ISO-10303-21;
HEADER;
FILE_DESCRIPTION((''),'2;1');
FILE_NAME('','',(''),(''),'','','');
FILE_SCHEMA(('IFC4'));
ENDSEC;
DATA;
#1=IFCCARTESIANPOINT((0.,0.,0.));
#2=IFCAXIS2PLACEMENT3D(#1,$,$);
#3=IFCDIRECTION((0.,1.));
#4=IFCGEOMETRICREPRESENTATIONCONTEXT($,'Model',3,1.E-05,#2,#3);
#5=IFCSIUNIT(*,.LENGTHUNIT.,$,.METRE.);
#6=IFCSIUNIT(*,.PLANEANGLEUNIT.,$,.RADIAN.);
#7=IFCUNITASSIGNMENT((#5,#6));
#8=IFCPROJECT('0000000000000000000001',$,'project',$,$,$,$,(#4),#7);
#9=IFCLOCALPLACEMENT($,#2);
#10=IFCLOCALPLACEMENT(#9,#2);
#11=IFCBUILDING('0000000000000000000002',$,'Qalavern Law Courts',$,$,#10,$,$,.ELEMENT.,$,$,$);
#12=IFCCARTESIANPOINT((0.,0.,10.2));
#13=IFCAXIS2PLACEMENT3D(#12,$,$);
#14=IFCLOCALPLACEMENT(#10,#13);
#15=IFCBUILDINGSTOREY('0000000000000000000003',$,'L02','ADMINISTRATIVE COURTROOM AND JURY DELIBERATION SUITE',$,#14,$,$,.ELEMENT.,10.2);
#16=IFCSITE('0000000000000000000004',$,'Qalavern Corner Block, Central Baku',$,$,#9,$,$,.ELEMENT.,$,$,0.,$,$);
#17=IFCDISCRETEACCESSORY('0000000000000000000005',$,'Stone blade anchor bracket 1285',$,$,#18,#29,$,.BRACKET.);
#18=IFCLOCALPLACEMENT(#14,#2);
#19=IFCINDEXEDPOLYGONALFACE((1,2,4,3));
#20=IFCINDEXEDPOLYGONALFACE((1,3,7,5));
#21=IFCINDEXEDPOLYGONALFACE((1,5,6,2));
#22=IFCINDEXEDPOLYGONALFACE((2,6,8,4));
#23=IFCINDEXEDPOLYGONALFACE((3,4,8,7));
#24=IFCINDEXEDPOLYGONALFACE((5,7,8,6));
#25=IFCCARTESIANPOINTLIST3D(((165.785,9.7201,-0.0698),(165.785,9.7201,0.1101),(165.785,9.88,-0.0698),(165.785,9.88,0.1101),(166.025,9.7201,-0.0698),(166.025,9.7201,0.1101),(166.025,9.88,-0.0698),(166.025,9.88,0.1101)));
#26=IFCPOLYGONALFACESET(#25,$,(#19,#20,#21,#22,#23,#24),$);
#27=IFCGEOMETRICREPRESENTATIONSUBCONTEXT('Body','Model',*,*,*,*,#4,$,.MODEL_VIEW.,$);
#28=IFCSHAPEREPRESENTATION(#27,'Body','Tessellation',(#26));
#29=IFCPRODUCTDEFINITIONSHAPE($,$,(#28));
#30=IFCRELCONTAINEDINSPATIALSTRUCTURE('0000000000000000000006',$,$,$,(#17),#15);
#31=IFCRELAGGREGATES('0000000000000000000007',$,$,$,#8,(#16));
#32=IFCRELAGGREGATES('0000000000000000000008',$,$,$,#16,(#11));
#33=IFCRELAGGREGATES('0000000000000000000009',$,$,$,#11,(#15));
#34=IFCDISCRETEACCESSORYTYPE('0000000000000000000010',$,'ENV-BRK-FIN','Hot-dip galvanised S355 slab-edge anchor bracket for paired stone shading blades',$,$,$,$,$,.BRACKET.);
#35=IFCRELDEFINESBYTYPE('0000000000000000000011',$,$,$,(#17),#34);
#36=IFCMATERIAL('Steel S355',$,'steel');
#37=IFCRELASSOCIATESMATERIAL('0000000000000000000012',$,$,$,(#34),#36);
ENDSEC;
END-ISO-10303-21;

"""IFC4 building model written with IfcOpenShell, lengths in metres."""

from ifc_helpers import new_model, si_unit, direction, frame, origin, origin_2d, place, context, subcontext, project, spatial, rectangle, extrude, material, type_object, element, save


model = new_model("IFC4")

# Units and contexts
model_context = context("Model", 3, precision=1e-05, world=origin(), true_north=direction((0.0, 1.0)))
body_context = subcontext(model_context, "Body", "Model", "MODEL_VIEW")
ifc_project = project(units=[si_unit("LENGTHUNIT", "METRE"), si_unit("PLANEANGLEUNIT", "RADIAN")], contexts=[model_context])

# Site, building, storey
site_placement = place(None, origin())
site = spatial("IfcSite", under=ifc_project, at=site_placement, Name="Qalavern Corner Block, Central Baku", CompositionType="ELEMENT", RefElevation=0.0)
building_placement = place(site_placement, origin())
building = spatial("IfcBuilding", under=site, at=building_placement, Name="Qalavern Law Courts", CompositionType="ELEMENT")
storey_placement = place(building_placement, frame((0.0, 0.0, 10.2)))
storey = spatial("IfcBuildingStorey", under=building, at=storey_placement, Name="L02", Description="ADMINISTRATIVE COURTROOM AND JURY DELIBERATION SUITE", CompositionType="ELEMENT", Elevation=10.2)

# Shared definitions
ifc_material_1 = material(Name="Steel S355", Category="steel")

# Discrete accessory
discrete_accessory_type = type_object("IfcDiscreteAccessoryType", Name="ENV-BRK-FIN", Description="Hot-dip galvanised S355 slab-edge anchor bracket for paired stone shading blades", PredefinedType="BRACKET", material=ifc_material_1)
discrete_accessory_placement = place(storey_placement, frame((165.905, 9.8, -0.0698), z_axis=(0.0, 0.0, 1.0), x_axis=(1.0, 0.0, 0.0)))
element("IfcDiscreteAccessory", 1, at=discrete_accessory_placement, inside=storey, type_object=discrete_accessory_type, Name="Stone blade anchor bracket 1285", PredefinedType="BRACKET", context=body_context, shape_type="SweptSolid", body=[
    extrude(rectangle(XDim=0.24, YDim=0.1599, at=origin_2d()), origin(), (0.0, 0.0, 1.0), 0.1799),
])

save(model, "model.ifc")
